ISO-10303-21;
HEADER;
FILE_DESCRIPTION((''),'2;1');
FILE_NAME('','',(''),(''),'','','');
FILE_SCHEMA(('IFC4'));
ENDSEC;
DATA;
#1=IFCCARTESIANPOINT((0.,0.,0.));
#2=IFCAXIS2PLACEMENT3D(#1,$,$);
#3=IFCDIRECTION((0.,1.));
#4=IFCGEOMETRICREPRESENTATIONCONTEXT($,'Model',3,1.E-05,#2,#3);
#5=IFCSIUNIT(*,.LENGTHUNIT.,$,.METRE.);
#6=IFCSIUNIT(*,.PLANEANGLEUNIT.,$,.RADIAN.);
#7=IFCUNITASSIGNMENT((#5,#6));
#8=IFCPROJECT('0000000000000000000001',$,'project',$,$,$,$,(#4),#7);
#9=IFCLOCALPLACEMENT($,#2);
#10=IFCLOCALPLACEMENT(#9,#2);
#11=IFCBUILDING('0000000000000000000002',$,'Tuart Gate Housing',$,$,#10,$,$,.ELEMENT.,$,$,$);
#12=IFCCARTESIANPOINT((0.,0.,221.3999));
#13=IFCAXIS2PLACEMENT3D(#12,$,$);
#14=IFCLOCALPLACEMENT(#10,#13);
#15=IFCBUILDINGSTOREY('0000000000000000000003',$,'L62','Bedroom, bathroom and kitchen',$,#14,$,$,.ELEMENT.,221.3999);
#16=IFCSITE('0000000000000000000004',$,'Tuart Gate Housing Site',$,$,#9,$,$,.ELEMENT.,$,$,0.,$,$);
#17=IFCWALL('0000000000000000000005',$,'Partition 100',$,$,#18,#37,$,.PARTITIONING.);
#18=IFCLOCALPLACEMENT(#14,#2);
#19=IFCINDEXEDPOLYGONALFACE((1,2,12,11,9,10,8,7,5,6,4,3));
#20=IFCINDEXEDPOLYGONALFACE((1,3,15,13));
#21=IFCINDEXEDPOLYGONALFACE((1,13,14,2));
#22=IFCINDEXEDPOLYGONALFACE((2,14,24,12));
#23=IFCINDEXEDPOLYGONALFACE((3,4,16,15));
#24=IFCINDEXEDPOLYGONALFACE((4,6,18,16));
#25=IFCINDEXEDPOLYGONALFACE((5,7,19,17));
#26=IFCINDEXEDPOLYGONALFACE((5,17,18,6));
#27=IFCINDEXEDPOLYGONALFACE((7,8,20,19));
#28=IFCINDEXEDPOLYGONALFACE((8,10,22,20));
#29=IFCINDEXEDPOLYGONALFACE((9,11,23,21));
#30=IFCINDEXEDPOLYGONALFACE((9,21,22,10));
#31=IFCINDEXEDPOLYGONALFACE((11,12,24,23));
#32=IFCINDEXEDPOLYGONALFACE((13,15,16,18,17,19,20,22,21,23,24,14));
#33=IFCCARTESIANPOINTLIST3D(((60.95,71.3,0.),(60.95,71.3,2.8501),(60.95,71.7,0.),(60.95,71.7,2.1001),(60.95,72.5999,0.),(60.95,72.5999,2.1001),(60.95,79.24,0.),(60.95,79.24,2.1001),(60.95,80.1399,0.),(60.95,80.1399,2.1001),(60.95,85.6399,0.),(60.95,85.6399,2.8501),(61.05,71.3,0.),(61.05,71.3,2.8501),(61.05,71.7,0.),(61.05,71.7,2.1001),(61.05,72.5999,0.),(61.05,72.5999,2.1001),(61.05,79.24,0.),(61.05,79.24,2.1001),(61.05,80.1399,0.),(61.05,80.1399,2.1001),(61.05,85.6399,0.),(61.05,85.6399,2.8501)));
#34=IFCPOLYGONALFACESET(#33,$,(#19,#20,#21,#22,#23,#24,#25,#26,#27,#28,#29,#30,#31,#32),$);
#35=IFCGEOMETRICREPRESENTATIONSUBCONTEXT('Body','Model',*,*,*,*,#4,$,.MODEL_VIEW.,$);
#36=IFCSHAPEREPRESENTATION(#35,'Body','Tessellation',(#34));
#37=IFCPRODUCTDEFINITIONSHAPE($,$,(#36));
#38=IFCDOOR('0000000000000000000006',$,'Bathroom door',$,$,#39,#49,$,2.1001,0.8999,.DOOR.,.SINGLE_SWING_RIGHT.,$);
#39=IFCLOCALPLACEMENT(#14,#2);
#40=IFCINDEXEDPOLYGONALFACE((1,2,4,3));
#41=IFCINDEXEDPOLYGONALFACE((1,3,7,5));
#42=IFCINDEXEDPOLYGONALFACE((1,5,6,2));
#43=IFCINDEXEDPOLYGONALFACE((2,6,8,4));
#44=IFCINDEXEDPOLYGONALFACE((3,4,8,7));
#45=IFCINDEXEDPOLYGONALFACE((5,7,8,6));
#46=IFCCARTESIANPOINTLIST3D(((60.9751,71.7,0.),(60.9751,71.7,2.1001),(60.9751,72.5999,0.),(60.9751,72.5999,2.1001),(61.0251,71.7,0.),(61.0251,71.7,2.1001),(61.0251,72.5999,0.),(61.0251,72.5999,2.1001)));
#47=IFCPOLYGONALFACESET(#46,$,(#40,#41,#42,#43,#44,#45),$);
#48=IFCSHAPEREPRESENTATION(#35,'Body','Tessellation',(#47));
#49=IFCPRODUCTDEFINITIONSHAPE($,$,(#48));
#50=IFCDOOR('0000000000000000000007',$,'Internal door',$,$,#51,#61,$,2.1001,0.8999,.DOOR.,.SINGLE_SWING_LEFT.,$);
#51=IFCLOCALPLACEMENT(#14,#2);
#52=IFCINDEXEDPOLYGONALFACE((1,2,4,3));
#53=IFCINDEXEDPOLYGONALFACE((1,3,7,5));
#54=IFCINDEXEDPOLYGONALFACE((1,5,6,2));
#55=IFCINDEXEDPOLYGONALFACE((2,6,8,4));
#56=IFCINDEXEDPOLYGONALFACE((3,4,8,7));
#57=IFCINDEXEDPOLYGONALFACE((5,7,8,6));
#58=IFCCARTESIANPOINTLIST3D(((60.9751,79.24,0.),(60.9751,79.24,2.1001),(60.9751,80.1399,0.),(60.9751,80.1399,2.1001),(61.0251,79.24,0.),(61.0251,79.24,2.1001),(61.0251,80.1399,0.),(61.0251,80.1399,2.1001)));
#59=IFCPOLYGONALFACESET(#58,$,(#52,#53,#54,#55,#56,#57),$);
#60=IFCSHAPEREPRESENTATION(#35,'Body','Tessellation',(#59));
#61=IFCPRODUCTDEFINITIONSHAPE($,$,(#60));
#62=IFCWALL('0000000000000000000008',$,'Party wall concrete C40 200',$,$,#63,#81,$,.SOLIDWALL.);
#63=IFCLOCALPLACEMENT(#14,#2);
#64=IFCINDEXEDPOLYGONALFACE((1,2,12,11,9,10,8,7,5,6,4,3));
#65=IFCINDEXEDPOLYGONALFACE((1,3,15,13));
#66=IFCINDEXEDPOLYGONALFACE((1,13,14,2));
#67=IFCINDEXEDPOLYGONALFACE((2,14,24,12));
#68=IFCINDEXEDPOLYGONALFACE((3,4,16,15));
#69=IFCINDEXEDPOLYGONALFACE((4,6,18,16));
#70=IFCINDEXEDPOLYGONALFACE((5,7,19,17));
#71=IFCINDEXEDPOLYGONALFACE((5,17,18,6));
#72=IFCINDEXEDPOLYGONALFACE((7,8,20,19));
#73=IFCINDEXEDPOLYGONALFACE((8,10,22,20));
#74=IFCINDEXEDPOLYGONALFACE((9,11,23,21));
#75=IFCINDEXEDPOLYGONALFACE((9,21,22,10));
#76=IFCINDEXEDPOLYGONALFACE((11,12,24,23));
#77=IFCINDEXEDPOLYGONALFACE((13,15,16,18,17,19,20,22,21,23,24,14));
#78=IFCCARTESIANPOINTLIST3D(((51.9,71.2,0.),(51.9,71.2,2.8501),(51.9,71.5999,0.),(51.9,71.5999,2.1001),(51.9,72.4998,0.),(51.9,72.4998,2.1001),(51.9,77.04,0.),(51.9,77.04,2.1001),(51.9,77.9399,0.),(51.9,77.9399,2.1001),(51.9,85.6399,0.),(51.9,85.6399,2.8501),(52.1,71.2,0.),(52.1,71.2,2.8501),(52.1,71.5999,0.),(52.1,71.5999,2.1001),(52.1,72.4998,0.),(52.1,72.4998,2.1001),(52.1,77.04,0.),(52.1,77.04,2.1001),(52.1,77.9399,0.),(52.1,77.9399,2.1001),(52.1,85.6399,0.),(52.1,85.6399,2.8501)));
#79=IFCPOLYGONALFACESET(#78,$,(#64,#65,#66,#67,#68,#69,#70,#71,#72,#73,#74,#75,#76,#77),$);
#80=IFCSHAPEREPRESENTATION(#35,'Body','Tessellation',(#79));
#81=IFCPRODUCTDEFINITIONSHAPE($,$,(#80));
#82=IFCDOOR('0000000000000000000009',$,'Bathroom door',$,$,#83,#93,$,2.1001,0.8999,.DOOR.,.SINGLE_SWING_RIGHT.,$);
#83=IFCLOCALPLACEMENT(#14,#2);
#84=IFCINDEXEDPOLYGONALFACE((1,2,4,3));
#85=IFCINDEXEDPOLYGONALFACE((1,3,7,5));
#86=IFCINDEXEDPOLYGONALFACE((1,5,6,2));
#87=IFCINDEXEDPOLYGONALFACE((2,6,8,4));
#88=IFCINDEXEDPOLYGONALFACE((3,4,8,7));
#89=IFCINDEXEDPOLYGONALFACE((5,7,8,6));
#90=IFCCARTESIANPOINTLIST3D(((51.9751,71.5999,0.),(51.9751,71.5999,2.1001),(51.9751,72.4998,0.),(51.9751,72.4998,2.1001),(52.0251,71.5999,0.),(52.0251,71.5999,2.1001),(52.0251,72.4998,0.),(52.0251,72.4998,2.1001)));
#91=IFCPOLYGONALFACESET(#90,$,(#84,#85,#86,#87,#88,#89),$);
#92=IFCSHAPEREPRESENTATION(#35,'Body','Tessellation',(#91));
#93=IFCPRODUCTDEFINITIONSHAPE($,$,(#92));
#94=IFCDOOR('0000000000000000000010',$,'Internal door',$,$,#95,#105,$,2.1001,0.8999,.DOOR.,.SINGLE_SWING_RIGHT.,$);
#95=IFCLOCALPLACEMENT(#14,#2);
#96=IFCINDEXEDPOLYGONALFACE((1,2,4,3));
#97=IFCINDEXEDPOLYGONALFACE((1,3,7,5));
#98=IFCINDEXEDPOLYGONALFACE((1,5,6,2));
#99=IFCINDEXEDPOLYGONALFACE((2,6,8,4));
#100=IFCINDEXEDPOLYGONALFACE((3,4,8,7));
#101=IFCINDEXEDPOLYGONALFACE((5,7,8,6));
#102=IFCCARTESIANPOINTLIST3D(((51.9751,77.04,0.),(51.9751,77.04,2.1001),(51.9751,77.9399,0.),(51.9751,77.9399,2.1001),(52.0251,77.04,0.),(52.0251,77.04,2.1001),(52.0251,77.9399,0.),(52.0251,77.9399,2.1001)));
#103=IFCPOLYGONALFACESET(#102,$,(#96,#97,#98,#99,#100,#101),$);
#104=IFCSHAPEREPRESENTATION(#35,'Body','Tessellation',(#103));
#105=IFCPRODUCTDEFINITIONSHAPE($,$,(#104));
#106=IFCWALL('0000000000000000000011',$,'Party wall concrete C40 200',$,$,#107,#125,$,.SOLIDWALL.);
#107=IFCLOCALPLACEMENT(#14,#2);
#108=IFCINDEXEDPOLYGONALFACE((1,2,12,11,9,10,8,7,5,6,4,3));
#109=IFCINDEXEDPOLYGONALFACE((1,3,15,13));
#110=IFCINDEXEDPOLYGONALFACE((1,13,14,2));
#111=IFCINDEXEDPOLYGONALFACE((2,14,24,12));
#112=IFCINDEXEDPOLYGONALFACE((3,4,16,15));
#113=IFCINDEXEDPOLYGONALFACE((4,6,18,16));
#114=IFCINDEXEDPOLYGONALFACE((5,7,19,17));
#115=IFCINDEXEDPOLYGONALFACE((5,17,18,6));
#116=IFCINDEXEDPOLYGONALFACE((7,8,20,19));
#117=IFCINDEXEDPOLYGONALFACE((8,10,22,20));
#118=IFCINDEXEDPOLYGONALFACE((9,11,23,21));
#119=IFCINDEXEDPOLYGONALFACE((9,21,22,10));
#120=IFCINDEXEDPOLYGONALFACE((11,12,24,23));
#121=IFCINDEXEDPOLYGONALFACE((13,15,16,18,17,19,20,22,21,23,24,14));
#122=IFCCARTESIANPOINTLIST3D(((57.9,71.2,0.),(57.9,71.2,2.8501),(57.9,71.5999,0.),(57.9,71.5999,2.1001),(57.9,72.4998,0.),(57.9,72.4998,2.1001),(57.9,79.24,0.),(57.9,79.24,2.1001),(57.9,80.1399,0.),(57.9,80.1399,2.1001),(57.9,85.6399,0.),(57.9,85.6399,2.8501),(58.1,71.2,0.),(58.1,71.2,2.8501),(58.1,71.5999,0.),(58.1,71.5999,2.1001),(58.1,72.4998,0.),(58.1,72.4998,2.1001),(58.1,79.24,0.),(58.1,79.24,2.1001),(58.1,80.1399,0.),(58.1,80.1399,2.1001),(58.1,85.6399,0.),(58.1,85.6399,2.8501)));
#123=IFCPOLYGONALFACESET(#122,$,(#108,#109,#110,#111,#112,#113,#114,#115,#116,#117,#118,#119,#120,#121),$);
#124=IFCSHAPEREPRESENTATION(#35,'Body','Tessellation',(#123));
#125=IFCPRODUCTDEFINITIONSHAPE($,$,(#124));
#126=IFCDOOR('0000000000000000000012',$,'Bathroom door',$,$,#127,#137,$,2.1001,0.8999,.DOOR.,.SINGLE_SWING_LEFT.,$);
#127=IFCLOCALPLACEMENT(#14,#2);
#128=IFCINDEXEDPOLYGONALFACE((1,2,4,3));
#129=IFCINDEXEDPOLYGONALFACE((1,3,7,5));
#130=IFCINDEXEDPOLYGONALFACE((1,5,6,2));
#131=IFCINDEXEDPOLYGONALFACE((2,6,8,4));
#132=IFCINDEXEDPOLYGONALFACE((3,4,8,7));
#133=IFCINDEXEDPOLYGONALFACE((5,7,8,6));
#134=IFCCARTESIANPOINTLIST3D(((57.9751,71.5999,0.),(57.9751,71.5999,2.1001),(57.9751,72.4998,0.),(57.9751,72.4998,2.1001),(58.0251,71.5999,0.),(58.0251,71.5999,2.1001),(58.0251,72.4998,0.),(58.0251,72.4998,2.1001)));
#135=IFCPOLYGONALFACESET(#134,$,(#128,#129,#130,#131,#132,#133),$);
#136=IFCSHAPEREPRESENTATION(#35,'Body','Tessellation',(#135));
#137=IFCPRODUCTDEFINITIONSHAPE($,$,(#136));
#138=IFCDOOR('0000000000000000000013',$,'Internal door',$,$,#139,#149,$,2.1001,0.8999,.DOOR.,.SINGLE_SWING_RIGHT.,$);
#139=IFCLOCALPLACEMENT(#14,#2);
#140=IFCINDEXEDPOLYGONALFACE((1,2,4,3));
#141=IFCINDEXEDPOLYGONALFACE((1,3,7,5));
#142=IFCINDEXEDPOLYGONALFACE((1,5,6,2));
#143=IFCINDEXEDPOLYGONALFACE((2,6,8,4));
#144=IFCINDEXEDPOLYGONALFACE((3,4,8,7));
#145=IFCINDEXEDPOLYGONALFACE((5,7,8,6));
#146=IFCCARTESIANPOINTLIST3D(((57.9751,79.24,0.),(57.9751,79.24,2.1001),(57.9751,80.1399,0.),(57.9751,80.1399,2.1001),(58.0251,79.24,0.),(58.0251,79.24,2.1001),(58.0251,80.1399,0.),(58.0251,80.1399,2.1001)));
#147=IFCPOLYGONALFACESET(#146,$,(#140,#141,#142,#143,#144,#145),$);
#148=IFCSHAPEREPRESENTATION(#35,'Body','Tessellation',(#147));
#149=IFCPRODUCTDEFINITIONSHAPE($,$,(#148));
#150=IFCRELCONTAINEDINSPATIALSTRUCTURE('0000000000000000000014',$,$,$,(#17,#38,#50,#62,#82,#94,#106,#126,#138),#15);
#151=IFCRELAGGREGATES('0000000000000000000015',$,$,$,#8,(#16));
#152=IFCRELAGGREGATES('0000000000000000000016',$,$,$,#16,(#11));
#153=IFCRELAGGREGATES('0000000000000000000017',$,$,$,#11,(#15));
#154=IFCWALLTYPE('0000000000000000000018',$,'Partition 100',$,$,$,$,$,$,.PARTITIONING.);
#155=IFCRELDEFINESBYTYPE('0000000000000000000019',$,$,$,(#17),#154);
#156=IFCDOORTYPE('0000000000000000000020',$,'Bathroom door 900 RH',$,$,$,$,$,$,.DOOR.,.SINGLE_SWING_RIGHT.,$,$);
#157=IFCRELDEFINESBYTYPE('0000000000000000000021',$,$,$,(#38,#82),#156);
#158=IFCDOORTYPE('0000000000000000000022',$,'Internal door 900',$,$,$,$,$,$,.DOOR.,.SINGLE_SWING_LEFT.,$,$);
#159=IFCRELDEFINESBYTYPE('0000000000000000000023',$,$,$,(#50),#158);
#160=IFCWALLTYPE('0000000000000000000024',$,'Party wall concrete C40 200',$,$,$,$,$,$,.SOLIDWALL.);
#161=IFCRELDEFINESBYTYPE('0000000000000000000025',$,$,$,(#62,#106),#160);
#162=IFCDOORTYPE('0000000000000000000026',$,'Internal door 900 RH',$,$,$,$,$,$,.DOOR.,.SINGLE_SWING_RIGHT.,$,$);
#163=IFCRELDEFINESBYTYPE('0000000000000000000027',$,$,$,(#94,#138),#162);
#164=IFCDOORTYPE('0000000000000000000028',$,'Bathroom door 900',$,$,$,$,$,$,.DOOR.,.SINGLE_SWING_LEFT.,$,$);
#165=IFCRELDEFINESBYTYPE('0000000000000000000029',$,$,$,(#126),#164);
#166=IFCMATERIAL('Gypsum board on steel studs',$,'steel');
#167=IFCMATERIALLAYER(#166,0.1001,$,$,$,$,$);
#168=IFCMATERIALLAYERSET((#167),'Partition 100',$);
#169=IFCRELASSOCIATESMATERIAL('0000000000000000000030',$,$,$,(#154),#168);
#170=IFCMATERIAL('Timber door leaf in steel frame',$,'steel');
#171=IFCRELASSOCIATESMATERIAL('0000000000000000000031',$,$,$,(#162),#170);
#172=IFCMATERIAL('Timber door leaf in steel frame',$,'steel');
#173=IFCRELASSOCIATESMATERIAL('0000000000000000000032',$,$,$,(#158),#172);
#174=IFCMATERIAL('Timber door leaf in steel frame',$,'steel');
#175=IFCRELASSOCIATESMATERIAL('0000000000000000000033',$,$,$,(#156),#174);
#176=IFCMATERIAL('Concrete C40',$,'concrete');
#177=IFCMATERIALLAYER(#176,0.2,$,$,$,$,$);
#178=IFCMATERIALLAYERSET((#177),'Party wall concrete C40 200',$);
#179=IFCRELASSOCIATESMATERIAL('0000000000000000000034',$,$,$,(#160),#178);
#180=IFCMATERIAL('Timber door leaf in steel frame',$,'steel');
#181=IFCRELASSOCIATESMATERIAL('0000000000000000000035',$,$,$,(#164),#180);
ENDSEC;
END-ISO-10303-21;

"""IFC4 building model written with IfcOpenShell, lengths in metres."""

from ifc_helpers import new_model, si_unit, direction, frame, frame_2d, origin, place, context, subcontext, project, spatial, rectangle, extrude, material, layer, layer_set, type_object, element, fill, save


model = new_model("IFC4")

# Units and contexts
model_context = context("Model", 3, precision=1e-05, world=origin(), true_north=direction((0.0, 1.0)))
body_context = subcontext(model_context, "Body", "Model", "MODEL_VIEW")
ifc_project = project(units=[si_unit("LENGTHUNIT", "METRE"), si_unit("PLANEANGLEUNIT", "RADIAN")], contexts=[model_context])

# Site, building, storey
site_placement = place(None, origin())
site = spatial("IfcSite", under=ifc_project, at=site_placement, Name="Tuart Gate Housing Site", CompositionType="ELEMENT", RefElevation=0.0)
building_placement = place(site_placement, origin())
building = spatial("IfcBuilding", under=site, at=building_placement, Name="Tuart Gate Housing", CompositionType="ELEMENT")
storey_placement = place(building_placement, frame((0.0, 0.0, 221.3999)))
storey = spatial("IfcBuildingStorey", under=building, at=storey_placement, Name="L62", Description="Bedroom, bathroom and kitchen", CompositionType="ELEMENT", Elevation=221.3999)

# Shared definitions
ifc_material_1 = material(Name="Gypsum board on steel studs", Category="steel")
ifc_layer_1 = layer(ifc_material_1, 0.1001)
ifc_layer_set_1 = layer_set([ifc_layer_1], Name="Partition 100")
wall_type_1 = type_object("IfcWallType", Name="Partition 100", PredefinedType="PARTITIONING", material=ifc_layer_set_1)

# Shared definitions
ifc_material_2 = material(Name="Timber door leaf in steel frame", Category="steel")
door_type_1 = type_object("IfcDoorType", Name="Internal door 900 RH", OperationType="SINGLE_SWING_RIGHT", PredefinedType="DOOR", material=ifc_material_2)
ifc_material_3 = material(Name="Timber door leaf in steel frame", Category="steel")
door_type_2 = type_object("IfcDoorType", Name="Internal door 900", OperationType="SINGLE_SWING_LEFT", PredefinedType="DOOR", material=ifc_material_3)

# Walls, openings, doors
wall_1_placement = place(storey_placement, frame((61.0, 71.3, 0.0), z_axis=(0.0, 0.0, 1.0), x_axis=(0.0, 1.0, 0.0)))
wall_1 = element("IfcWall", 1, at=wall_1_placement, inside=storey, type_object=wall_type_1, Name="Partition 100", PredefinedType="PARTITIONING", context=body_context, shape_type="SweptSolid", body=[
    extrude(rectangle(XDim=14.3398, YDim=0.1001, at=frame_2d((7.1699, 0.0))), origin(), (0.0, 0.0, 1.0), 2.8501),
])
opening_1_placement = place(wall_1_placement, frame((7.9399, 0.0, 0.0)))
opening_1 = element("IfcOpeningElement", 2, at=opening_1_placement, cuts=wall_1, PredefinedType="OPENING", context=body_context, shape_type="SweptSolid", body=[
    extrude(rectangle(XDim=0.8999, YDim=2.1001, at=frame_2d((0.45, 1.05))), frame((0.0, 0.0601, 0.0), z_axis=(0.0, -1.0, 0.0), x_axis=(1.0, 0.0, 0.0)), (0.0, 0.0, 1.0), 0.1201),
])
opening_2_placement = place(wall_1_placement, frame((0.3999, 0.0, 0.0)))
opening_2 = element("IfcOpeningElement", 3, at=opening_2_placement, cuts=wall_1, PredefinedType="OPENING", context=body_context, shape_type="SweptSolid", body=[
    extrude(rectangle(XDim=0.8999, YDim=2.1001, at=frame_2d((0.45, 1.05))), frame((0.0, 0.0601, 0.0), z_axis=(0.0, -1.0, 0.0), x_axis=(1.0, 0.0, 0.0)), (0.0, 0.0, 1.0), 0.1201),
])
ifc_material_4 = material(Name="Timber door leaf in steel frame", Category="steel")
door_type_3 = type_object("IfcDoorType", Name="Bathroom door 900 RH", OperationType="SINGLE_SWING_RIGHT", PredefinedType="DOOR", material=ifc_material_4)
door_1_placement = place(opening_2_placement, frame((0.8999, 0.0, 0.0), z_axis=(0.0, 0.0, 1.0), x_axis=(-1.0, 0.0, 0.0)))
door_1 = element("IfcDoor", 4, at=door_1_placement, inside=storey, type_object=door_type_3, Name="Bathroom door", OperationType="SINGLE_SWING_RIGHT", OverallHeight=2.1001, OverallWidth=0.8999, PredefinedType="DOOR", context=body_context, shape_type="SweptSolid", body=[
    extrude(rectangle(XDim=0.8999, YDim=2.1001, at=frame_2d((0.45, 1.05))), frame((0.0, 0.0251, 0.0), z_axis=(0.0, -1.0, 0.0), x_axis=(1.0, 0.0, 0.0)), (0.0, 0.0, 1.0), 0.05),
])
fill(opening_2, door_1)
door_2_placement = place(opening_1_placement, frame((0.8999, 0.0, 0.0), z_axis=(0.0, 0.0, 1.0), x_axis=(-1.0, 0.0, 0.0)))
door_2 = element("IfcDoor", 5, at=door_2_placement, inside=storey, type_object=door_type_2, Name="Internal door", OperationType="SINGLE_SWING_LEFT", OverallHeight=2.1001, OverallWidth=0.8999, PredefinedType="DOOR", context=body_context, shape_type="SweptSolid", body=[
    extrude(rectangle(XDim=0.8999, YDim=2.1001, at=frame_2d((0.45, 1.05))), frame((0.0, 0.0251, 0.0), z_axis=(0.0, -1.0, 0.0), x_axis=(1.0, 0.0, 0.0)), (0.0, 0.0, 1.0), 0.05),
])
fill(opening_1, door_2)
ifc_material_5 = material(Name="Concrete C40", Category="concrete")
ifc_layer_2 = layer(ifc_material_5, 0.2)
ifc_layer_set_2 = layer_set([ifc_layer_2], Name="Party wall concrete C40 200")
wall_type_2 = type_object("IfcWallType", Name="Party wall concrete C40 200", PredefinedType="SOLIDWALL", material=ifc_layer_set_2)
wall_2_placement = place(storey_placement, frame((52.0, 71.2, 0.0), z_axis=(0.0, 0.0, 1.0), x_axis=(0.0, 1.0, 0.0)))
wall_2 = element("IfcWall", 6, at=wall_2_placement, inside=storey, type_object=wall_type_2, Name="Party wall concrete C40 200", PredefinedType="SOLIDWALL", context=body_context, shape_type="SweptSolid", body=[
    extrude(rectangle(XDim=14.4399, YDim=0.2, at=frame_2d((7.22, 0.0))), origin(), (0.0, 0.0, 1.0), 2.8501),
])
opening_3_placement = place(wall_2_placement, frame((5.8401, 0.0, 0.0)))
opening_3 = element("IfcOpeningElement", 7, at=opening_3_placement, cuts=wall_2, PredefinedType="OPENING", context=body_context, shape_type="SweptSolid", body=[
    extrude(rectangle(XDim=0.8999, YDim=2.1001, at=frame_2d((0.45, 1.05))), frame((0.0, 0.1099, 0.0), z_axis=(0.0, -1.0, 0.0), x_axis=(1.0, 0.0, 0.0)), (0.0, 0.0, 1.0), 0.22),
])
opening_4_placement = place(wall_2_placement, frame((0.3999, 0.0, 0.0)))
opening_4 = element("IfcOpeningElement", 8, at=opening_4_placement, cuts=wall_2, PredefinedType="OPENING", context=body_context, shape_type="SweptSolid", body=[
    extrude(rectangle(XDim=0.8999, YDim=2.1001, at=frame_2d((0.45, 1.05))), frame((0.0, 0.1099, 0.0), z_axis=(0.0, -1.0, 0.0), x_axis=(1.0, 0.0, 0.0)), (0.0, 0.0, 1.0), 0.22),
])
door_3_placement = place(opening_4_placement, frame((0.8999, 0.0, 0.0), z_axis=(0.0, 0.0, 1.0), x_axis=(-1.0, 0.0, 0.0)))
door_3 = element("IfcDoor", 9, at=door_3_placement, inside=storey, type_object=door_type_3, Name="Bathroom door", OperationType="SINGLE_SWING_RIGHT", OverallHeight=2.1001, OverallWidth=0.8999, PredefinedType="DOOR", context=body_context, shape_type="SweptSolid", body=[
    extrude(rectangle(XDim=0.8999, YDim=2.1001, at=frame_2d((0.45, 1.05))), frame((0.0, 0.0251, 0.0), z_axis=(0.0, -1.0, 0.0), x_axis=(1.0, 0.0, 0.0)), (0.0, 0.0, 1.0), 0.05),
])
fill(opening_4, door_3)
door_4_placement = place(opening_3_placement, frame((0.8999, 0.0, 0.0), z_axis=(0.0, 0.0, 1.0), x_axis=(-1.0, 0.0, 0.0)))
door_4 = element("IfcDoor", 10, at=door_4_placement, inside=storey, type_object=door_type_1, Name="Internal door", OperationType="SINGLE_SWING_RIGHT", OverallHeight=2.1001, OverallWidth=0.8999, PredefinedType="DOOR", context=body_context, shape_type="SweptSolid", body=[
    extrude(rectangle(XDim=0.8999, YDim=2.1001, at=frame_2d((0.45, 1.05))), frame((0.0, 0.0251, 0.0), z_axis=(0.0, -1.0, 0.0), x_axis=(1.0, 0.0, 0.0)), (0.0, 0.0, 1.0), 0.05),
])
fill(opening_3, door_4)
wall_3_placement = place(storey_placement, frame((58.0, 71.2, 0.0), z_axis=(0.0, 0.0, 1.0), x_axis=(0.0, 1.0, 0.0)))
wall_3 = element("IfcWall", 11, at=wall_3_placement, inside=storey, type_object=wall_type_2, Name="Party wall concrete C40 200", PredefinedType="SOLIDWALL", context=body_context, shape_type="SweptSolid", body=[
    extrude(rectangle(XDim=14.4399, YDim=0.2, at=frame_2d((7.22, 0.0))), origin(), (0.0, 0.0, 1.0), 2.8501),
])
opening_5_placement = place(wall_3_placement, frame((8.04, 0.0, 0.0)))
opening_5 = element("IfcOpeningElement", 12, at=opening_5_placement, cuts=wall_3, PredefinedType="OPENING", context=body_context, shape_type="SweptSolid", body=[
    extrude(rectangle(XDim=0.8999, YDim=2.1001, at=frame_2d((0.45, 1.05))), frame((0.0, 0.1099, 0.0), z_axis=(0.0, -1.0, 0.0), x_axis=(1.0, 0.0, 0.0)), (0.0, 0.0, 1.0), 0.22),
])
opening_6_placement = place(wall_3_placement, frame((0.3999, 0.0, 0.0)))
opening_6 = element("IfcOpeningElement", 13, at=opening_6_placement, cuts=wall_3, PredefinedType="OPENING", context=body_context, shape_type="SweptSolid", body=[
    extrude(rectangle(XDim=0.8999, YDim=2.1001, at=frame_2d((0.45, 1.05))), frame((0.0, 0.1099, 0.0), z_axis=(0.0, -1.0, 0.0), x_axis=(1.0, 0.0, 0.0)), (0.0, 0.0, 1.0), 0.22),
])
ifc_material_6 = material(Name="Timber door leaf in steel frame", Category="steel")
door_type_4 = type_object("IfcDoorType", Name="Bathroom door 900", OperationType="SINGLE_SWING_LEFT", PredefinedType="DOOR", material=ifc_material_6)
door_5_placement = place(opening_6_placement, origin())
door_5 = element("IfcDoor", 14, at=door_5_placement, inside=storey, type_object=door_type_4, Name="Bathroom door", OperationType="SINGLE_SWING_LEFT", OverallHeight=2.1001, OverallWidth=0.8999, PredefinedType="DOOR", context=body_context, shape_type="SweptSolid", body=[
    extrude(rectangle(XDim=0.8999, YDim=2.1001, at=frame_2d((0.45, 1.05))), frame((0.0, 0.0249, 0.0), z_axis=(0.0, -1.0, 0.0), x_axis=(1.0, 0.0, 0.0)), (0.0, 0.0, 1.0), 0.05),
])
fill(opening_6, door_5)
door_6_placement = place(opening_5_placement, origin())
door_6 = element("IfcDoor", 15, at=door_6_placement, inside=storey, type_object=door_type_1, Name="Internal door", OperationType="SINGLE_SWING_RIGHT", OverallHeight=2.1001, OverallWidth=0.8999, PredefinedType="DOOR", context=body_context, shape_type="SweptSolid", body=[
    extrude(rectangle(XDim=0.8999, YDim=2.1001, at=frame_2d((0.45, 1.05))), frame((0.0, 0.0249, 0.0), z_axis=(0.0, -1.0, 0.0), x_axis=(1.0, 0.0, 0.0)), (0.0, 0.0, 1.0), 0.05),
])
fill(opening_5, door_6)

save(model, "model.ifc")
